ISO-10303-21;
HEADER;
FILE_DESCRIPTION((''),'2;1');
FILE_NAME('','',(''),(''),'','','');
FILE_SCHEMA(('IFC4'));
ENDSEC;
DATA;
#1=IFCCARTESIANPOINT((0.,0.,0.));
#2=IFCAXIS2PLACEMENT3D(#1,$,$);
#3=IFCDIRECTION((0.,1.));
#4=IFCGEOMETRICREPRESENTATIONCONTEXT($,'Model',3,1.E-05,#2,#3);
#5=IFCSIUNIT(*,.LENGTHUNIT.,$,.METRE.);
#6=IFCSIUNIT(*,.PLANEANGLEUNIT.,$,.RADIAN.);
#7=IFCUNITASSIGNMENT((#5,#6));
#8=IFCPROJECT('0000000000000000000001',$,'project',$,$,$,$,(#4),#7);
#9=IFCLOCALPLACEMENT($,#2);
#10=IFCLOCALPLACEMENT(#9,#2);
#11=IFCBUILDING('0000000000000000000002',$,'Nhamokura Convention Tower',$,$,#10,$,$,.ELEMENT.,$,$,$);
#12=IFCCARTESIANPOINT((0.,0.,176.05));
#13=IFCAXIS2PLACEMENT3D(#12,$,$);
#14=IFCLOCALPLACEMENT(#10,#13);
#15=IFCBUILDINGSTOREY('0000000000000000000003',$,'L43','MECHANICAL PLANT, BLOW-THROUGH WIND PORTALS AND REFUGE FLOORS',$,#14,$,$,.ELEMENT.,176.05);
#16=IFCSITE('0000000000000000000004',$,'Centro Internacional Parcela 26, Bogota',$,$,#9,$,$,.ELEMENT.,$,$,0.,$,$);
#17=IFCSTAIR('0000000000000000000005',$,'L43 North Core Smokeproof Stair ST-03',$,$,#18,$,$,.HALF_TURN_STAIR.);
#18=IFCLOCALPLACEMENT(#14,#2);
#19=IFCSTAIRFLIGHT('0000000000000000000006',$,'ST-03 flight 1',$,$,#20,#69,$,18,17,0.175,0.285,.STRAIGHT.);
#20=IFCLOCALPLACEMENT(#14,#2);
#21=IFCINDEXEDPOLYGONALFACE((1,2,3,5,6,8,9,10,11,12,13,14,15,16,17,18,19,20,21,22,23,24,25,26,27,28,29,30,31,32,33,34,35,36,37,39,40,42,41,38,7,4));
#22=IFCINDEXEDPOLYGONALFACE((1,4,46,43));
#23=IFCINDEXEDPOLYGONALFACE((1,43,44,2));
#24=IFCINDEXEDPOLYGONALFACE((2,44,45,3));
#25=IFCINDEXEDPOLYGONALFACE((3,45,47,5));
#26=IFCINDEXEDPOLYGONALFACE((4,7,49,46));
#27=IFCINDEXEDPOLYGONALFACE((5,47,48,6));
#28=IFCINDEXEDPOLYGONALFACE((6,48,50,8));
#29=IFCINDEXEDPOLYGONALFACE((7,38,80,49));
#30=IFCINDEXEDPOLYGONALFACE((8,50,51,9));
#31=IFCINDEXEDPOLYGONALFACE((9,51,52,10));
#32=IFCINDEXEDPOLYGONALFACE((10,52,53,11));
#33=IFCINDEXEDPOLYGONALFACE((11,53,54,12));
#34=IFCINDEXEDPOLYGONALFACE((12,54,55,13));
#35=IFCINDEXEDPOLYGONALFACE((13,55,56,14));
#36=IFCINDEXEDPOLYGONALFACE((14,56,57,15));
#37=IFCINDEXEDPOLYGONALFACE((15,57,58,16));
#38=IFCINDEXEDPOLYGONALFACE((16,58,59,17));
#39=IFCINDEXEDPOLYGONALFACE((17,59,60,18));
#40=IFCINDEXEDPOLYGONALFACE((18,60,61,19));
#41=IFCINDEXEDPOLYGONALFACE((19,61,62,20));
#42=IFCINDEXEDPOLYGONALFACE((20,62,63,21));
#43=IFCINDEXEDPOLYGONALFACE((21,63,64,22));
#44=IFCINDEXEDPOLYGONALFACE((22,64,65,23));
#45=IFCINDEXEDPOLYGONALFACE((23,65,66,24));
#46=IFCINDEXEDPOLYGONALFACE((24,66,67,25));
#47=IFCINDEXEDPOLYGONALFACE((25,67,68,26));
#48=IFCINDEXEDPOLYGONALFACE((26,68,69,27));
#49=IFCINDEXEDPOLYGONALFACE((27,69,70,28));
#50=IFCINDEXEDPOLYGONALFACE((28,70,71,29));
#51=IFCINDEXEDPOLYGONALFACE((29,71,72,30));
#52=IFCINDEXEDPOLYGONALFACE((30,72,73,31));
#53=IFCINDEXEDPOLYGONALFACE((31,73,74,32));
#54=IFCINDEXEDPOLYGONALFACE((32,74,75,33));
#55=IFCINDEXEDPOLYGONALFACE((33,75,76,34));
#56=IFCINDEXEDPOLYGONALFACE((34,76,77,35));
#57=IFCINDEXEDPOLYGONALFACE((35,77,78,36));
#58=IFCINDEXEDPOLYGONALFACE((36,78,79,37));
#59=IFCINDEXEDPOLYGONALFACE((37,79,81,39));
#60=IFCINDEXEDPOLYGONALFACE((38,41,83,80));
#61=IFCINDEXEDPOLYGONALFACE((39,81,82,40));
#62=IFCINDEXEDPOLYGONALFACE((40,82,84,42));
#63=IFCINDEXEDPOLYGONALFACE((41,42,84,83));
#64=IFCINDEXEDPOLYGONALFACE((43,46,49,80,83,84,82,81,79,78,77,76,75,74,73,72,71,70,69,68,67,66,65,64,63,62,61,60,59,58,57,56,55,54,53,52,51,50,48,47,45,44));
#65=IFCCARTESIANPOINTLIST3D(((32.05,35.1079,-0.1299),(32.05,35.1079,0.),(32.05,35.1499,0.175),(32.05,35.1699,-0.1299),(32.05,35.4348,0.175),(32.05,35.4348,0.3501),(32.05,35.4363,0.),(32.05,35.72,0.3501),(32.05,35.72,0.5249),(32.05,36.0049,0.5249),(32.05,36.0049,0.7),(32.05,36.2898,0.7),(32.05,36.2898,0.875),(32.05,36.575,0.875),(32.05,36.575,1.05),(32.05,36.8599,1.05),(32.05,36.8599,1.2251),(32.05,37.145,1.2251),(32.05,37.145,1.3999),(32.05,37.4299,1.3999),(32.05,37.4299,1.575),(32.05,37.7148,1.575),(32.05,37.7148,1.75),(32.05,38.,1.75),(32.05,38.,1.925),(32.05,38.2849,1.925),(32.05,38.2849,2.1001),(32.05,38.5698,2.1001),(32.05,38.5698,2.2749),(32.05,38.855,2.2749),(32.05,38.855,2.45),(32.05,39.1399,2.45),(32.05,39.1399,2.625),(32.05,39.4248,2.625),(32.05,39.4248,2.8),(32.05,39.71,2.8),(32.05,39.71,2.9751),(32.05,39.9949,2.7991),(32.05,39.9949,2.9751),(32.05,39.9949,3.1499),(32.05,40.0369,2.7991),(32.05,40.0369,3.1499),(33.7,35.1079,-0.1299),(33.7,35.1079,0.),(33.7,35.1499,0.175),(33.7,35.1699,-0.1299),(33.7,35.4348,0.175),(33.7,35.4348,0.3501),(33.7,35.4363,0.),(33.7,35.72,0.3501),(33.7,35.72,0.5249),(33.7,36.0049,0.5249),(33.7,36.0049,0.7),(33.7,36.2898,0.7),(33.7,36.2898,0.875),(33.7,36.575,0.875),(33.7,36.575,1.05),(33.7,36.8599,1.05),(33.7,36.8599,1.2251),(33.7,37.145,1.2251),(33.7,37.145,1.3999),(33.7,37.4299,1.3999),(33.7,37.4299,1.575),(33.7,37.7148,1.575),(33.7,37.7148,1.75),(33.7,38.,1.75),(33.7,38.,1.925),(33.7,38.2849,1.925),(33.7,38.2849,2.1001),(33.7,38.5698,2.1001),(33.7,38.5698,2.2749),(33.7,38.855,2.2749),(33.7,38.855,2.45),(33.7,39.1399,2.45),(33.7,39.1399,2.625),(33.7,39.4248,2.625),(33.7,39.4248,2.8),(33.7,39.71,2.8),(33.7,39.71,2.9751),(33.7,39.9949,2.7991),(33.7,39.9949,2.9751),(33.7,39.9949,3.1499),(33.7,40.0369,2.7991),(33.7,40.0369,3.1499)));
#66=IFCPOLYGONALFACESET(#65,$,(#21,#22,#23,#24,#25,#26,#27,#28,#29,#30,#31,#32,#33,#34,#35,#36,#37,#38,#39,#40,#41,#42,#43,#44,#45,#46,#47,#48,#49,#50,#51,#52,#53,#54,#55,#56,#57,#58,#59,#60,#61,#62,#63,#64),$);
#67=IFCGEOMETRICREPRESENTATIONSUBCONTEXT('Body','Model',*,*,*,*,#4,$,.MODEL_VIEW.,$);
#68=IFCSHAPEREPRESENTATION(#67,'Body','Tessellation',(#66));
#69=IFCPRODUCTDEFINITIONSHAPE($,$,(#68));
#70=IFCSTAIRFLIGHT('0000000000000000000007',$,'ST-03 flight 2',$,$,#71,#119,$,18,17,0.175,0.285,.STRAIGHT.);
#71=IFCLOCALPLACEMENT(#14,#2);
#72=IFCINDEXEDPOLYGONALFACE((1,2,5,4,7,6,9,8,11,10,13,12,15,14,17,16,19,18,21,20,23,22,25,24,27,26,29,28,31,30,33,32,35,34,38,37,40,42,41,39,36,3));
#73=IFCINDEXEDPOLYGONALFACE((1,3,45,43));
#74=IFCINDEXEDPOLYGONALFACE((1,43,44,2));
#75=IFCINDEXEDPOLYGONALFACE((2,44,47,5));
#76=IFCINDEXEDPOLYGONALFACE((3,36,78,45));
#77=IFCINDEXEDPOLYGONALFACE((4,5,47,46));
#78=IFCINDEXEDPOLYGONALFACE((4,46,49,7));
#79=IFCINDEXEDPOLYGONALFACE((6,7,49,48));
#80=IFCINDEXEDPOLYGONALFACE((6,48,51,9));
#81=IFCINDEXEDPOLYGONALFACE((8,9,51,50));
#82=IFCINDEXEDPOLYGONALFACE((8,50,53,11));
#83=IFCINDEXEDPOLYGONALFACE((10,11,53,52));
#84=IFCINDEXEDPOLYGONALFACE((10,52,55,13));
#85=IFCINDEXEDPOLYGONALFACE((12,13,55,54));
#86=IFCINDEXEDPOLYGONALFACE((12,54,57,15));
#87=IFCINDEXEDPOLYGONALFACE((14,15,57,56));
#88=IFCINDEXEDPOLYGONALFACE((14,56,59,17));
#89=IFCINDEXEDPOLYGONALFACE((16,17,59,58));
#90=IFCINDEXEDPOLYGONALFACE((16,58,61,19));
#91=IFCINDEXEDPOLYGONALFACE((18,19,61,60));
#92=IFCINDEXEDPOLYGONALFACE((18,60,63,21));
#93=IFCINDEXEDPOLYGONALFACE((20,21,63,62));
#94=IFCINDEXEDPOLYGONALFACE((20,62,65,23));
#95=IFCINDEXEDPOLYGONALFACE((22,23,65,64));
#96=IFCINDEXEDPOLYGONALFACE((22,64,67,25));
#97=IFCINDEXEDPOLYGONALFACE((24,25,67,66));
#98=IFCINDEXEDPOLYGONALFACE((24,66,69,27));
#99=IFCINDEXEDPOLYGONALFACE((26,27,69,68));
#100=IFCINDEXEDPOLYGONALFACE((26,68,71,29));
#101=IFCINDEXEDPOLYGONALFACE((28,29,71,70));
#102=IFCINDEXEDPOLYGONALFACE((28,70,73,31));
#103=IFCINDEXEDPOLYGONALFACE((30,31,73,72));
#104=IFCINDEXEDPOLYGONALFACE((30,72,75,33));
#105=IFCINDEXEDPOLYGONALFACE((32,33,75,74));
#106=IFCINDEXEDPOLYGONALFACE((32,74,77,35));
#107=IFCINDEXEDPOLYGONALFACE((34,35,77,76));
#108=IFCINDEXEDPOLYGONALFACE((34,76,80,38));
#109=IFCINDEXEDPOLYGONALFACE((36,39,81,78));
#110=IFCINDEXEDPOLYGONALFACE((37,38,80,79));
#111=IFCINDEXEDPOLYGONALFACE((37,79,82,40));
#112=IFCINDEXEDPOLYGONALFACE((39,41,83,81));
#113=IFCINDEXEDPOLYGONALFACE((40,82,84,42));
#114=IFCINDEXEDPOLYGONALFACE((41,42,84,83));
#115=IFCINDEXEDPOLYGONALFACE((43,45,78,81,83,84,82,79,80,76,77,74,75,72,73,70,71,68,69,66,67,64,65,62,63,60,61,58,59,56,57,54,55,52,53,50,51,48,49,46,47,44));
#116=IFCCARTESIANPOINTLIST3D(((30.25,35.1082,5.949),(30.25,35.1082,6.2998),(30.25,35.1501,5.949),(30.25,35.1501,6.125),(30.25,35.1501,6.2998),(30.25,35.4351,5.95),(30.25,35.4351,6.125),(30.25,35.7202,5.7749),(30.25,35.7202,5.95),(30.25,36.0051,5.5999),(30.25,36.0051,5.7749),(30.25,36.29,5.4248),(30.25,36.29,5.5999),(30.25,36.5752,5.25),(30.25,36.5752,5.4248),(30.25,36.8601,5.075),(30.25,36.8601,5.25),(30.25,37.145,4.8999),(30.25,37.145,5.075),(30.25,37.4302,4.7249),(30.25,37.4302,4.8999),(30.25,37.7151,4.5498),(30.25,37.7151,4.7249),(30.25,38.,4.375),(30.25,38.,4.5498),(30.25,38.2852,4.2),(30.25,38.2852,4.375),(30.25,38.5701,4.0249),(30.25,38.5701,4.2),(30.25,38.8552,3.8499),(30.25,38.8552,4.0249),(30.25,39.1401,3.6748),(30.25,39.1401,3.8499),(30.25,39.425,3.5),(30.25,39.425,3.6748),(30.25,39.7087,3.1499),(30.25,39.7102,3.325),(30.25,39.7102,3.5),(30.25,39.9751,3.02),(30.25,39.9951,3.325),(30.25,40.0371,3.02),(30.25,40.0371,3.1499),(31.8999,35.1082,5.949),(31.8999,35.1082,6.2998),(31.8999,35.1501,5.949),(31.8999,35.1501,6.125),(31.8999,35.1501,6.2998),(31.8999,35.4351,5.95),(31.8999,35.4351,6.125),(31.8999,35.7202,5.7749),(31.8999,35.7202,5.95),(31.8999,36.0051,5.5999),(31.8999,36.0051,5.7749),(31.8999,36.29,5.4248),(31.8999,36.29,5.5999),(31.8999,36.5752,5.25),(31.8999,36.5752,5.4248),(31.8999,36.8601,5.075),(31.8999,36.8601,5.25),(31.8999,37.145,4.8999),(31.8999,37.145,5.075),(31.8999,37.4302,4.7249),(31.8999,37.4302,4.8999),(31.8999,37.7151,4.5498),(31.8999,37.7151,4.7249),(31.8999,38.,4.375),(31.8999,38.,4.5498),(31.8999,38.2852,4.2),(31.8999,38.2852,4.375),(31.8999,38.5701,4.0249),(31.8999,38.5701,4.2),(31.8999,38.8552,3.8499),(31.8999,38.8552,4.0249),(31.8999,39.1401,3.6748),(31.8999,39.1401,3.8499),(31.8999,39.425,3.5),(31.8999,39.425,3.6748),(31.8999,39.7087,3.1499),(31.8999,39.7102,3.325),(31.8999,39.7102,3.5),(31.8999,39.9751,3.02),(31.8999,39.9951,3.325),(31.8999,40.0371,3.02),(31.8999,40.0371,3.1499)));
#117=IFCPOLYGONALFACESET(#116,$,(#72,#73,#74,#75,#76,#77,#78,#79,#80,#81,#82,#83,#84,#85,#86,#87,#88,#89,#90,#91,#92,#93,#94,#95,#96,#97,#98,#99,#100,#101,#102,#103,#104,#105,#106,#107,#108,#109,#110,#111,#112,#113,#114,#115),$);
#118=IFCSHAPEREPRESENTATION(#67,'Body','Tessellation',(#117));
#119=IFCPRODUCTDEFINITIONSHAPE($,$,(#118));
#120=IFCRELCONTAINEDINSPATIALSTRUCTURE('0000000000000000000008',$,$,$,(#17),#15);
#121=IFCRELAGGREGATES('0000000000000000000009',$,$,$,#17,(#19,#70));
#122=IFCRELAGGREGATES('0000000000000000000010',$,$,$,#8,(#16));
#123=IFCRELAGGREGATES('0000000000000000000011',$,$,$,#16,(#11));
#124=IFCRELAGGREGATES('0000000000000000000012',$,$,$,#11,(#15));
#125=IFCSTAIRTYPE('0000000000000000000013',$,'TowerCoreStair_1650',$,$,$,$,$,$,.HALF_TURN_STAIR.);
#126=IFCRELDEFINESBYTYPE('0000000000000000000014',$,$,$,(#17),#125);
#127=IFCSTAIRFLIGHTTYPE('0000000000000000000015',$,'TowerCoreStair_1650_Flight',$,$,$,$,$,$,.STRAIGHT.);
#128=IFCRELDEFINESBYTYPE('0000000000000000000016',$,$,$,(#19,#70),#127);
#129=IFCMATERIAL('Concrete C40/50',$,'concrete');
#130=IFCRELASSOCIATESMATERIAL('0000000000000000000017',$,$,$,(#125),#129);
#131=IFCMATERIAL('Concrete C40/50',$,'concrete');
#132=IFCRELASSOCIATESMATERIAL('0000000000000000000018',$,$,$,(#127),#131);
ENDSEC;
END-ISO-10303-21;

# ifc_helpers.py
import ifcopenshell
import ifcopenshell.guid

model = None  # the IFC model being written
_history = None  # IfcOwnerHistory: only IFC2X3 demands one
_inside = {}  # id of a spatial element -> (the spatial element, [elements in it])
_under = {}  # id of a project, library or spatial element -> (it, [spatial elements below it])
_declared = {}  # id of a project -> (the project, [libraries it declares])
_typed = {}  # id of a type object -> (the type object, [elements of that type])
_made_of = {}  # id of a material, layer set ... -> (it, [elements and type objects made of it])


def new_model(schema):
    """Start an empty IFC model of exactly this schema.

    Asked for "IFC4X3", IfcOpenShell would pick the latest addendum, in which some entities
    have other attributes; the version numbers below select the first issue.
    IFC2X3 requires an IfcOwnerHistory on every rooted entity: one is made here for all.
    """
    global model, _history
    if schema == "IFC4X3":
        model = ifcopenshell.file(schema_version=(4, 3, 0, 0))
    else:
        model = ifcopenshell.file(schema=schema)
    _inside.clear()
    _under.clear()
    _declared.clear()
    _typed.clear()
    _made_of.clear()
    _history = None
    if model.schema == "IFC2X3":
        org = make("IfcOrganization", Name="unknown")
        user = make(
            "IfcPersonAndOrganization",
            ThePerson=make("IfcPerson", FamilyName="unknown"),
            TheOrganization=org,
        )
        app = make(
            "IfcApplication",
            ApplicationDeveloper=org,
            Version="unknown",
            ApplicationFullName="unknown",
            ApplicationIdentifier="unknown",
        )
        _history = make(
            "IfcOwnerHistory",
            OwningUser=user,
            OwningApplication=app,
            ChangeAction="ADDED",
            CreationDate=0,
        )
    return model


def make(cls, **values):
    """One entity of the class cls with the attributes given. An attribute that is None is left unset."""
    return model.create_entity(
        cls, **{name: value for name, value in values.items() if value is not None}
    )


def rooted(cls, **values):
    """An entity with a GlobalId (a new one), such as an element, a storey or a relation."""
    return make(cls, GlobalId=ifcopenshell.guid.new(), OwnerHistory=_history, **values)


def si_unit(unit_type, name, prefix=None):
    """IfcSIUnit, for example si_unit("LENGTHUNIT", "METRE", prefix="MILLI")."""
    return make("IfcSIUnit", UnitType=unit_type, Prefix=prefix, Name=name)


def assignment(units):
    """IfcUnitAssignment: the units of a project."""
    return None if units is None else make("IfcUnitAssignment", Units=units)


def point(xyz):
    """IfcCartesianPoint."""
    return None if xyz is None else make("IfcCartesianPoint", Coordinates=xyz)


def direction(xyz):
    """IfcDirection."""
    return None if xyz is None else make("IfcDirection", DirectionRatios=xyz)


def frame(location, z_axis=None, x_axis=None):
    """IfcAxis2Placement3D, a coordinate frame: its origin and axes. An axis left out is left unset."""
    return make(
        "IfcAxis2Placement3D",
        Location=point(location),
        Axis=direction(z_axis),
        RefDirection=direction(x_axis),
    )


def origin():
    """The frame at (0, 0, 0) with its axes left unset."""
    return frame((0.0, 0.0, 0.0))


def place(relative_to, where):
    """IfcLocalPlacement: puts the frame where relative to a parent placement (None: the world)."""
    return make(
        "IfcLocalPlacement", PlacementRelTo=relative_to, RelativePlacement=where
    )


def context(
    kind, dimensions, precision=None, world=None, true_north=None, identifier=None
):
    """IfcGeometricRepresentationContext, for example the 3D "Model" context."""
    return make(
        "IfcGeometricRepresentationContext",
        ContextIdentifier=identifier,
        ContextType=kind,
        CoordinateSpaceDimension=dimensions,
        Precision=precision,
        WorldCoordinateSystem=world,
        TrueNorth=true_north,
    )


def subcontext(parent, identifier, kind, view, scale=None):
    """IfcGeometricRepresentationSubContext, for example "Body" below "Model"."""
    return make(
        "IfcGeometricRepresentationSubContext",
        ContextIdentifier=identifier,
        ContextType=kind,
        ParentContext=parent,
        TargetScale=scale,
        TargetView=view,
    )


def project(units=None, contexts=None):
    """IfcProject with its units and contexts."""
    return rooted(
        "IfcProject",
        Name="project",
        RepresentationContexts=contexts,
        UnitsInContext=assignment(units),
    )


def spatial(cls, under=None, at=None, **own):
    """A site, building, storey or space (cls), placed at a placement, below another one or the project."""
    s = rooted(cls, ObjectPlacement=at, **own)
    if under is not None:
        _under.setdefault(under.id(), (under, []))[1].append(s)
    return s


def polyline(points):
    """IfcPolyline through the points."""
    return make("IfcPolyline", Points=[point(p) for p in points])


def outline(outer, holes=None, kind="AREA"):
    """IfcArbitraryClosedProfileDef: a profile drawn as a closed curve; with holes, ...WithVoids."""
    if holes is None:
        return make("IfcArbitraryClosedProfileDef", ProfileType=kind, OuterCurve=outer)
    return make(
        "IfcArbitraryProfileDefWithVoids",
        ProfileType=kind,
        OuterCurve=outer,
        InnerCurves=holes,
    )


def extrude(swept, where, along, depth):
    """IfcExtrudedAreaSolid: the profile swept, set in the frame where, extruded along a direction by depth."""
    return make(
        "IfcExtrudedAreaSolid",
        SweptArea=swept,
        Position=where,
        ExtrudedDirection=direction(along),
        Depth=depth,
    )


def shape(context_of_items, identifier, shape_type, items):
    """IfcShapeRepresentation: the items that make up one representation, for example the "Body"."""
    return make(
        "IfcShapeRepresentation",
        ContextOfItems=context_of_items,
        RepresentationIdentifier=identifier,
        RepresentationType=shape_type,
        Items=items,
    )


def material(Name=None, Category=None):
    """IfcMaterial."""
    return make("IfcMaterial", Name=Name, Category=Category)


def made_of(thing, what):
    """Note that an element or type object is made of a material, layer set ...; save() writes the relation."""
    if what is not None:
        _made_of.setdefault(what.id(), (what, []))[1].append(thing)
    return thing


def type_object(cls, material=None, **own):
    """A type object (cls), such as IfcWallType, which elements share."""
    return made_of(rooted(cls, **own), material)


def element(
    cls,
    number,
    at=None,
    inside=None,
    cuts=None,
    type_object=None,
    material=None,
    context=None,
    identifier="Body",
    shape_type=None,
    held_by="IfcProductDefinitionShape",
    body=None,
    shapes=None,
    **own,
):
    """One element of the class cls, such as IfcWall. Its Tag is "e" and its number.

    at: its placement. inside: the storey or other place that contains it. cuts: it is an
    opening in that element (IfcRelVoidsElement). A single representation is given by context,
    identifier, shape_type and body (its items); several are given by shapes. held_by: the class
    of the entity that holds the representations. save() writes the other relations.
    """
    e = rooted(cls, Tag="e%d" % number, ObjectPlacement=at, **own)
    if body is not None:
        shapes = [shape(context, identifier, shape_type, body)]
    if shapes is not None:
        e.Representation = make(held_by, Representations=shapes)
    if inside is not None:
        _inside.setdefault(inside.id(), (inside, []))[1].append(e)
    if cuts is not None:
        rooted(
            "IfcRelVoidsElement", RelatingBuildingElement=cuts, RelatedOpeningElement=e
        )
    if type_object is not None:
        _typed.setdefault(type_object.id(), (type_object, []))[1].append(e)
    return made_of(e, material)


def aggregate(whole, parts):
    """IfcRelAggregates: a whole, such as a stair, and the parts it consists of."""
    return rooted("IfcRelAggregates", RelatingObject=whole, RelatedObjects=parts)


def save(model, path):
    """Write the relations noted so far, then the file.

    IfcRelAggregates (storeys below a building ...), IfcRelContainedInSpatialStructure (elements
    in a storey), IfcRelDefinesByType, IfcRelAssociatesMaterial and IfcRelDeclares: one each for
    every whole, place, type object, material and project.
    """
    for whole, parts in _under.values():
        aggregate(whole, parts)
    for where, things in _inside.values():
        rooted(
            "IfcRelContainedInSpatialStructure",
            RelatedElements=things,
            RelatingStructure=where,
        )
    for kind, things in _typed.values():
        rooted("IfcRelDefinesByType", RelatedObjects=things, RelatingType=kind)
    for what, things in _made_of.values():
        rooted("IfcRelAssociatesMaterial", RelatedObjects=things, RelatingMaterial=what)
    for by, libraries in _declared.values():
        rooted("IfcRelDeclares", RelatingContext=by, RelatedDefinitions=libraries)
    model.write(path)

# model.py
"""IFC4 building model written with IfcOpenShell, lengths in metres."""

from ifc_helpers import new_model, si_unit, direction, frame, origin, place, context, subcontext, project, spatial, polyline, outline, extrude, material, type_object, element, aggregate, save


model = new_model("IFC4")

# Units and contexts
model_context = context("Model", 3, precision=1e-05, world=origin(), true_north=direction((0.0, 1.0)))
body_context = subcontext(model_context, "Body", "Model", "MODEL_VIEW")
ifc_project = project(units=[si_unit("LENGTHUNIT", "METRE"), si_unit("PLANEANGLEUNIT", "RADIAN")], contexts=[model_context])

# Site, building, storey
site_placement = place(None, origin())
site = spatial("IfcSite", under=ifc_project, at=site_placement, Name="Centro Internacional Parcela 26, Bogota", CompositionType="ELEMENT", RefElevation=0.0)
building_placement = place(site_placement, origin())
building = spatial("IfcBuilding", under=site, at=building_placement, Name="Nhamokura Convention Tower", CompositionType="ELEMENT")
storey_placement = place(building_placement, frame((0.0, 0.0, 176.05)))
storey = spatial("IfcBuildingStorey", under=building, at=storey_placement, Name="L43", Description="MECHANICAL PLANT, BLOW-THROUGH WIND PORTALS AND REFUGE FLOORS", CompositionType="ELEMENT", Elevation=176.05)

# Stair, stair flights
ifc_material_1 = material(Name="Concrete C40/50", Category="concrete")
stair_type = type_object("IfcStairType", Name="TowerCoreStair_1650", PredefinedType="HALF_TURN_STAIR", material=ifc_material_1)
stair_placement = place(storey_placement, origin())
stair = element("IfcStair", 1, at=stair_placement, inside=storey, type_object=stair_type, Name="L43 North Core Smokeproof Stair ST-03", PredefinedType="HALF_TURN_STAIR")
ifc_material_2 = material(Name="Concrete C40/50", Category="concrete")
stair_flight_type = type_object("IfcStairFlightType", Name="TowerCoreStair_1650_Flight", PredefinedType="STRAIGHT", material=ifc_material_2)
stair_flight_1_placement = place(storey_placement, frame((32.875, 35.1499, 0.0), z_axis=(0.0, 0.0, 1.0), x_axis=(0.0, 1.0, 0.0)))
stair_flight_1 = element("IfcStairFlight", 2, at=stair_flight_1_placement, type_object=stair_flight_type, Name="ST-03 flight 1", NumberOfRisers=18, NumberOfTreads=17, PredefinedType="STRAIGHT", RiserHeight=0.175, TreadLength=0.285, context=body_context, shape_type="SweptSolid", body=[
    extrude(outline(polyline([(-0.042, 0.0), (0.0, 0.175), (0.2849, 0.175), (0.2849, 0.3501), (0.5701, 0.3501), (0.5701, 0.5249), (0.855, 0.5249), (0.855, 0.7), (1.1399, 0.7), (1.1399, 0.875), (1.425, 0.875), (1.425, 1.05), (1.71, 1.05), (1.71, 1.2251), (1.9951, 1.2251), (1.9951, 1.3999), (2.28, 1.3999), (2.28, 1.575), (2.5649, 1.575), (2.5649, 1.75), (2.8501, 1.75), (2.8501, 1.925), (3.135, 1.925), (3.135, 2.1001), (3.4199, 2.1001), (3.4199, 2.2749), (3.7051, 2.2749), (3.7051, 2.45), (3.99, 2.45), (3.99, 2.625), (4.2749, 2.625), (4.2749, 2.8), (4.5601, 2.8), (4.5601, 2.9751), (4.845, 2.9751), (4.845, 3.1499), (4.887, 3.1499), (4.887, 2.7991), (4.845, 2.7991), (0.2864, 0.0), (0.02, -0.1299), (-0.042, -0.1299), (-0.042, 0.0)])), frame((0.0, 0.825, 0.0), z_axis=(0.0, -1.0, 0.0), x_axis=(1.0, 0.0, 0.0)), (0.0, 0.0, 1.0), 1.6499),
])
stair_flight_2_placement = place(storey_placement, frame((31.075, 39.9951, 3.1499), z_axis=(0.0, 0.0, 1.0), x_axis=(0.0, -1.0, 0.0)))
stair_flight_2 = element("IfcStairFlight", 3, at=stair_flight_2_placement, type_object=stair_flight_type, Name="ST-03 flight 2", NumberOfRisers=18, NumberOfTreads=17, PredefinedType="STRAIGHT", RiserHeight=0.175, TreadLength=0.285, context=body_context, shape_type="SweptSolid", body=[
    extrude(outline(polyline([(-0.042, 0.0), (0.0, 0.175), (0.2849, 0.175), (0.2849, 0.3501), (0.5701, 0.3501), (0.5701, 0.5249), (0.855, 0.5249), (0.855, 0.7), (1.1399, 0.7), (1.1399, 0.875), (1.425, 0.875), (1.425, 1.05), (1.71, 1.05), (1.71, 1.2251), (1.9951, 1.2251), (1.9951, 1.3999), (2.28, 1.3999), (2.28, 1.575), (2.5649, 1.575), (2.5649, 1.75), (2.8501, 1.75), (2.8501, 1.925), (3.135, 1.925), (3.135, 2.1001), (3.4199, 2.1001), (3.4199, 2.2749), (3.7051, 2.2749), (3.7051, 2.45), (3.99, 2.45), (3.99, 2.625), (4.2749, 2.625), (4.2749, 2.8), (4.5601, 2.8), (4.5601, 2.9751), (4.845, 2.9751), (4.845, 3.1499), (4.887, 3.1499), (4.887, 2.7991), (4.845, 2.7991), (0.2864, 0.0), (0.02, -0.1299), (-0.042, -0.1299), (-0.042, 0.0)])), frame((0.0, 0.825, 0.0), z_axis=(0.0, -1.0, 0.0), x_axis=(1.0, 0.0, 0.0)), (0.0, 0.0, 1.0), 1.6499),
])
aggregate(stair, [stair_flight_1, stair_flight_2])

save(model, "model.ifc")
